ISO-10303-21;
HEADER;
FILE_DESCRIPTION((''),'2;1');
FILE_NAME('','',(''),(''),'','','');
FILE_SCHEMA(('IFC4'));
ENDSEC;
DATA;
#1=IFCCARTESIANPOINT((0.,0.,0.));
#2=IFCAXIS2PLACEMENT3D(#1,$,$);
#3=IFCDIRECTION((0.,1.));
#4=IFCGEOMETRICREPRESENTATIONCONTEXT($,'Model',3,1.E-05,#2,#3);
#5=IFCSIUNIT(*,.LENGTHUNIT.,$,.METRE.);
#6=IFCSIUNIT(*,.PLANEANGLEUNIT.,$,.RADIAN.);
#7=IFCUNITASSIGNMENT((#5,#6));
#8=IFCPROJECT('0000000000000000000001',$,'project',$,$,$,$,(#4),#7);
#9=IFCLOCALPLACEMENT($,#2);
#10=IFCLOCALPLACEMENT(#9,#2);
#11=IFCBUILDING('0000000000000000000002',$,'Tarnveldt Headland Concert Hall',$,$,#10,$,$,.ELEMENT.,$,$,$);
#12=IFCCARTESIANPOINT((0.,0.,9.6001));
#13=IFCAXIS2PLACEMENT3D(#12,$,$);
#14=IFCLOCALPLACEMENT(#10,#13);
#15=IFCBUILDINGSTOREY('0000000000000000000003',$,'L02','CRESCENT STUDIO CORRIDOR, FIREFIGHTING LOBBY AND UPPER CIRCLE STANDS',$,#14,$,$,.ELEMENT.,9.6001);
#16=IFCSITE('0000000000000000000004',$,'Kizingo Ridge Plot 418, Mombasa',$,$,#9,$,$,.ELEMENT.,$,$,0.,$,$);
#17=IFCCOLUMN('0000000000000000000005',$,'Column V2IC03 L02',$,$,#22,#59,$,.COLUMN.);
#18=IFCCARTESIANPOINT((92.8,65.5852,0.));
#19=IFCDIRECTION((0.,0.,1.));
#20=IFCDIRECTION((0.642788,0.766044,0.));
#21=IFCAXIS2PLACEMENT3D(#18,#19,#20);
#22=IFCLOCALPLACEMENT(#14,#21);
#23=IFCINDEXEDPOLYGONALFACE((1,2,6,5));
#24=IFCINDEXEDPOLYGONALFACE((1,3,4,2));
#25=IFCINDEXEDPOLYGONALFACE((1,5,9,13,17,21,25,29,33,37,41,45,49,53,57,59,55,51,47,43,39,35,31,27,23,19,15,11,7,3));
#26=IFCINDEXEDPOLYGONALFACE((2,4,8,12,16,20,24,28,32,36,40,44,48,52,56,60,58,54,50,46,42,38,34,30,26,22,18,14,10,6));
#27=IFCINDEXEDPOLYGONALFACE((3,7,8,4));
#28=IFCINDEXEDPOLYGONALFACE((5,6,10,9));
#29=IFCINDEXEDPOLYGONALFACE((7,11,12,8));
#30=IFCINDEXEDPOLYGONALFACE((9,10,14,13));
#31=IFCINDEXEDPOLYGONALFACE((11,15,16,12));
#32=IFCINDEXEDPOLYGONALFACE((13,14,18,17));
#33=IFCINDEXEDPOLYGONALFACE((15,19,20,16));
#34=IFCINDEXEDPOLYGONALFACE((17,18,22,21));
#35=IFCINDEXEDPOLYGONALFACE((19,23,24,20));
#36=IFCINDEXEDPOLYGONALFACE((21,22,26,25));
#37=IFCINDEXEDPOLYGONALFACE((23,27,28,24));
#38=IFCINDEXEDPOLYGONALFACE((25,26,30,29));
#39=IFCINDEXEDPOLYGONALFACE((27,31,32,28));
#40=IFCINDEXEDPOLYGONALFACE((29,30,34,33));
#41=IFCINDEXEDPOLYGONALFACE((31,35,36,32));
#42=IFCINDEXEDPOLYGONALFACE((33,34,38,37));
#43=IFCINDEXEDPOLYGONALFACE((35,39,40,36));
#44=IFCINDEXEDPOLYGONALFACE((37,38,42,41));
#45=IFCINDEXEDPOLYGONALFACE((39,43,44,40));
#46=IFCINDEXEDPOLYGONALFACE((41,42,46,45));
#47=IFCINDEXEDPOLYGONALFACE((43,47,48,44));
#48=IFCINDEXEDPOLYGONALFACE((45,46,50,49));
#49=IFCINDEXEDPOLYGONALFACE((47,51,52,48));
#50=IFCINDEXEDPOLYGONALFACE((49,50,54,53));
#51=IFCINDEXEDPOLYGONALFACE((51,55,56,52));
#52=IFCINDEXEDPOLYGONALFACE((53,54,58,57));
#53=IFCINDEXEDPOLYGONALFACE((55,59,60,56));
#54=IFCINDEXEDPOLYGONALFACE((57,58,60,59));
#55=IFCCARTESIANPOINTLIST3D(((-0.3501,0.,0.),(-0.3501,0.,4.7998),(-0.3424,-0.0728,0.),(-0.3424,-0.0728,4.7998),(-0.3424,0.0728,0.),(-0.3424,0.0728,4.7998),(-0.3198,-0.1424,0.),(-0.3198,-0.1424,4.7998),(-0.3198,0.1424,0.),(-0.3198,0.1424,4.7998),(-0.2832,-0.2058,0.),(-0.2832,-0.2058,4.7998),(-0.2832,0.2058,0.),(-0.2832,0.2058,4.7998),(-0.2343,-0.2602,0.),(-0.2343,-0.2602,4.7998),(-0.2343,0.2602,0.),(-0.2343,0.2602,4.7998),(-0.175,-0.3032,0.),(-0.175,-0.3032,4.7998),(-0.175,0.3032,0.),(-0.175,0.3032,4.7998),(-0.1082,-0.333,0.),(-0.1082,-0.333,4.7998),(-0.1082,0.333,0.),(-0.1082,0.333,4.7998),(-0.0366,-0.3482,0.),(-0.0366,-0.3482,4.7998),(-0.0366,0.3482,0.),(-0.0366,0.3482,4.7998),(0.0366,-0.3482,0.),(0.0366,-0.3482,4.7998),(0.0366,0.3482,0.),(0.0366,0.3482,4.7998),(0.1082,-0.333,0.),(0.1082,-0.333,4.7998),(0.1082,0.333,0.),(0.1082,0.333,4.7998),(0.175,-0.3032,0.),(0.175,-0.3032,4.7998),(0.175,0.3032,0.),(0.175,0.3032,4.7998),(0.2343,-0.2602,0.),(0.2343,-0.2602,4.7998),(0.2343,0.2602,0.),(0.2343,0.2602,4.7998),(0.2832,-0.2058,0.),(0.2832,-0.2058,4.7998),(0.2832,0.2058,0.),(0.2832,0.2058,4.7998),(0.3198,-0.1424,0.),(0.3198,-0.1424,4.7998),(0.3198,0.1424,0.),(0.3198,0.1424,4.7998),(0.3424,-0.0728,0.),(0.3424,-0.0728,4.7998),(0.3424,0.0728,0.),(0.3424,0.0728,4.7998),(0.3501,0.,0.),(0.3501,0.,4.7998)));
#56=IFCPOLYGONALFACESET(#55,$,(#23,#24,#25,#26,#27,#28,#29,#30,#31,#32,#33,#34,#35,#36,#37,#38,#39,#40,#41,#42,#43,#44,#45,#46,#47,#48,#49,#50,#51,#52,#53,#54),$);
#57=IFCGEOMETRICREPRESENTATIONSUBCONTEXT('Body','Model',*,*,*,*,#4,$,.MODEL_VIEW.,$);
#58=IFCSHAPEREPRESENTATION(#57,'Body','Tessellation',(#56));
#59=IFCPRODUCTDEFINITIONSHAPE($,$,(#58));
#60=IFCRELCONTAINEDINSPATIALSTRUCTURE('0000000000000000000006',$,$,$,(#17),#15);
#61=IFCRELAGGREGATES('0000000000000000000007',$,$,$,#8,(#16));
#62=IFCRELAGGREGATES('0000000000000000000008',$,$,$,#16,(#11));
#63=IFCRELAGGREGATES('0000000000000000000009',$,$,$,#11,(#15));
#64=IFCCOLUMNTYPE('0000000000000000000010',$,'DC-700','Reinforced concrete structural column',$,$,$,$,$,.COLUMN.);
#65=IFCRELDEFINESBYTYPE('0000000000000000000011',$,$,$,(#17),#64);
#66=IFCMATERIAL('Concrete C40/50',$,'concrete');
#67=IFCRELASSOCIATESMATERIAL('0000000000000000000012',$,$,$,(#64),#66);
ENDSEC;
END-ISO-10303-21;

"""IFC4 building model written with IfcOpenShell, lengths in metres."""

from ifc_helpers import new_model, si_unit, direction, frame, origin, origin_2d, place, context, subcontext, project, spatial, circle, extrude, material, material_profile, profile_set, type_object, element, save


model = new_model("IFC4")

# Units and contexts
model_context = context("Model", 3, precision=1e-05, world=origin(), true_north=direction((0.0, 1.0)))
body_context = subcontext(model_context, "Body", "Model", "MODEL_VIEW")
ifc_project = project(units=[si_unit("LENGTHUNIT", "METRE"), si_unit("PLANEANGLEUNIT", "RADIAN")], contexts=[model_context])

# Site, building, storey
site_placement = place(None, origin())
site = spatial("IfcSite", under=ifc_project, at=site_placement, Name="Kizingo Ridge Plot 418, Mombasa", CompositionType="ELEMENT", RefElevation=0.0)
building_placement = place(site_placement, origin())
building = spatial("IfcBuilding", under=site, at=building_placement, Name="Tarnveldt Headland Concert Hall", CompositionType="ELEMENT")
storey_placement = place(building_placement, frame((0.0, 0.0, 9.6001)))
storey = spatial("IfcBuildingStorey", under=building, at=storey_placement, Name="L02", Description="CRESCENT STUDIO CORRIDOR, FIREFIGHTING LOBBY AND UPPER CIRCLE STANDS", CompositionType="ELEMENT", Elevation=9.6001)

# Column
ifc_material_1 = material(Name="Concrete C40/50", Category="concrete")
ifc_material_profile_1 = material_profile(ifc_material_1, circle(Radius=0.3501, at=origin_2d()), Name="RC D700", Category="concrete")
ifc_profile_set_1 = profile_set([ifc_material_profile_1], Name="Concrete C40/50")
column_type_1 = type_object("IfcColumnType", Name="DC-700", Description="Reinforced concrete structural column", PredefinedType="COLUMN", material=ifc_profile_set_1)
for number, where, z_axis, x_axis, name in (
    (1, (92.8, 65.5852, 0.0), (0.0, 0.0, 1.0), (0.642788, 0.766044, 0.0), "Column V2IC03 L02"),
):
    element("IfcColumn", number, at=place(storey_placement, frame(where, z_axis=z_axis, x_axis=x_axis)), inside=storey, type_object=column_type_1, Name=name, PredefinedType="COLUMN", context=body_context, shape_type="SweptSolid", body=[
        extrude(circle(Radius=0.3501, at=origin_2d()), origin(), (0.0, 0.0, 1.0), 4.7998),
    ])

save(model, "model.ifc")
